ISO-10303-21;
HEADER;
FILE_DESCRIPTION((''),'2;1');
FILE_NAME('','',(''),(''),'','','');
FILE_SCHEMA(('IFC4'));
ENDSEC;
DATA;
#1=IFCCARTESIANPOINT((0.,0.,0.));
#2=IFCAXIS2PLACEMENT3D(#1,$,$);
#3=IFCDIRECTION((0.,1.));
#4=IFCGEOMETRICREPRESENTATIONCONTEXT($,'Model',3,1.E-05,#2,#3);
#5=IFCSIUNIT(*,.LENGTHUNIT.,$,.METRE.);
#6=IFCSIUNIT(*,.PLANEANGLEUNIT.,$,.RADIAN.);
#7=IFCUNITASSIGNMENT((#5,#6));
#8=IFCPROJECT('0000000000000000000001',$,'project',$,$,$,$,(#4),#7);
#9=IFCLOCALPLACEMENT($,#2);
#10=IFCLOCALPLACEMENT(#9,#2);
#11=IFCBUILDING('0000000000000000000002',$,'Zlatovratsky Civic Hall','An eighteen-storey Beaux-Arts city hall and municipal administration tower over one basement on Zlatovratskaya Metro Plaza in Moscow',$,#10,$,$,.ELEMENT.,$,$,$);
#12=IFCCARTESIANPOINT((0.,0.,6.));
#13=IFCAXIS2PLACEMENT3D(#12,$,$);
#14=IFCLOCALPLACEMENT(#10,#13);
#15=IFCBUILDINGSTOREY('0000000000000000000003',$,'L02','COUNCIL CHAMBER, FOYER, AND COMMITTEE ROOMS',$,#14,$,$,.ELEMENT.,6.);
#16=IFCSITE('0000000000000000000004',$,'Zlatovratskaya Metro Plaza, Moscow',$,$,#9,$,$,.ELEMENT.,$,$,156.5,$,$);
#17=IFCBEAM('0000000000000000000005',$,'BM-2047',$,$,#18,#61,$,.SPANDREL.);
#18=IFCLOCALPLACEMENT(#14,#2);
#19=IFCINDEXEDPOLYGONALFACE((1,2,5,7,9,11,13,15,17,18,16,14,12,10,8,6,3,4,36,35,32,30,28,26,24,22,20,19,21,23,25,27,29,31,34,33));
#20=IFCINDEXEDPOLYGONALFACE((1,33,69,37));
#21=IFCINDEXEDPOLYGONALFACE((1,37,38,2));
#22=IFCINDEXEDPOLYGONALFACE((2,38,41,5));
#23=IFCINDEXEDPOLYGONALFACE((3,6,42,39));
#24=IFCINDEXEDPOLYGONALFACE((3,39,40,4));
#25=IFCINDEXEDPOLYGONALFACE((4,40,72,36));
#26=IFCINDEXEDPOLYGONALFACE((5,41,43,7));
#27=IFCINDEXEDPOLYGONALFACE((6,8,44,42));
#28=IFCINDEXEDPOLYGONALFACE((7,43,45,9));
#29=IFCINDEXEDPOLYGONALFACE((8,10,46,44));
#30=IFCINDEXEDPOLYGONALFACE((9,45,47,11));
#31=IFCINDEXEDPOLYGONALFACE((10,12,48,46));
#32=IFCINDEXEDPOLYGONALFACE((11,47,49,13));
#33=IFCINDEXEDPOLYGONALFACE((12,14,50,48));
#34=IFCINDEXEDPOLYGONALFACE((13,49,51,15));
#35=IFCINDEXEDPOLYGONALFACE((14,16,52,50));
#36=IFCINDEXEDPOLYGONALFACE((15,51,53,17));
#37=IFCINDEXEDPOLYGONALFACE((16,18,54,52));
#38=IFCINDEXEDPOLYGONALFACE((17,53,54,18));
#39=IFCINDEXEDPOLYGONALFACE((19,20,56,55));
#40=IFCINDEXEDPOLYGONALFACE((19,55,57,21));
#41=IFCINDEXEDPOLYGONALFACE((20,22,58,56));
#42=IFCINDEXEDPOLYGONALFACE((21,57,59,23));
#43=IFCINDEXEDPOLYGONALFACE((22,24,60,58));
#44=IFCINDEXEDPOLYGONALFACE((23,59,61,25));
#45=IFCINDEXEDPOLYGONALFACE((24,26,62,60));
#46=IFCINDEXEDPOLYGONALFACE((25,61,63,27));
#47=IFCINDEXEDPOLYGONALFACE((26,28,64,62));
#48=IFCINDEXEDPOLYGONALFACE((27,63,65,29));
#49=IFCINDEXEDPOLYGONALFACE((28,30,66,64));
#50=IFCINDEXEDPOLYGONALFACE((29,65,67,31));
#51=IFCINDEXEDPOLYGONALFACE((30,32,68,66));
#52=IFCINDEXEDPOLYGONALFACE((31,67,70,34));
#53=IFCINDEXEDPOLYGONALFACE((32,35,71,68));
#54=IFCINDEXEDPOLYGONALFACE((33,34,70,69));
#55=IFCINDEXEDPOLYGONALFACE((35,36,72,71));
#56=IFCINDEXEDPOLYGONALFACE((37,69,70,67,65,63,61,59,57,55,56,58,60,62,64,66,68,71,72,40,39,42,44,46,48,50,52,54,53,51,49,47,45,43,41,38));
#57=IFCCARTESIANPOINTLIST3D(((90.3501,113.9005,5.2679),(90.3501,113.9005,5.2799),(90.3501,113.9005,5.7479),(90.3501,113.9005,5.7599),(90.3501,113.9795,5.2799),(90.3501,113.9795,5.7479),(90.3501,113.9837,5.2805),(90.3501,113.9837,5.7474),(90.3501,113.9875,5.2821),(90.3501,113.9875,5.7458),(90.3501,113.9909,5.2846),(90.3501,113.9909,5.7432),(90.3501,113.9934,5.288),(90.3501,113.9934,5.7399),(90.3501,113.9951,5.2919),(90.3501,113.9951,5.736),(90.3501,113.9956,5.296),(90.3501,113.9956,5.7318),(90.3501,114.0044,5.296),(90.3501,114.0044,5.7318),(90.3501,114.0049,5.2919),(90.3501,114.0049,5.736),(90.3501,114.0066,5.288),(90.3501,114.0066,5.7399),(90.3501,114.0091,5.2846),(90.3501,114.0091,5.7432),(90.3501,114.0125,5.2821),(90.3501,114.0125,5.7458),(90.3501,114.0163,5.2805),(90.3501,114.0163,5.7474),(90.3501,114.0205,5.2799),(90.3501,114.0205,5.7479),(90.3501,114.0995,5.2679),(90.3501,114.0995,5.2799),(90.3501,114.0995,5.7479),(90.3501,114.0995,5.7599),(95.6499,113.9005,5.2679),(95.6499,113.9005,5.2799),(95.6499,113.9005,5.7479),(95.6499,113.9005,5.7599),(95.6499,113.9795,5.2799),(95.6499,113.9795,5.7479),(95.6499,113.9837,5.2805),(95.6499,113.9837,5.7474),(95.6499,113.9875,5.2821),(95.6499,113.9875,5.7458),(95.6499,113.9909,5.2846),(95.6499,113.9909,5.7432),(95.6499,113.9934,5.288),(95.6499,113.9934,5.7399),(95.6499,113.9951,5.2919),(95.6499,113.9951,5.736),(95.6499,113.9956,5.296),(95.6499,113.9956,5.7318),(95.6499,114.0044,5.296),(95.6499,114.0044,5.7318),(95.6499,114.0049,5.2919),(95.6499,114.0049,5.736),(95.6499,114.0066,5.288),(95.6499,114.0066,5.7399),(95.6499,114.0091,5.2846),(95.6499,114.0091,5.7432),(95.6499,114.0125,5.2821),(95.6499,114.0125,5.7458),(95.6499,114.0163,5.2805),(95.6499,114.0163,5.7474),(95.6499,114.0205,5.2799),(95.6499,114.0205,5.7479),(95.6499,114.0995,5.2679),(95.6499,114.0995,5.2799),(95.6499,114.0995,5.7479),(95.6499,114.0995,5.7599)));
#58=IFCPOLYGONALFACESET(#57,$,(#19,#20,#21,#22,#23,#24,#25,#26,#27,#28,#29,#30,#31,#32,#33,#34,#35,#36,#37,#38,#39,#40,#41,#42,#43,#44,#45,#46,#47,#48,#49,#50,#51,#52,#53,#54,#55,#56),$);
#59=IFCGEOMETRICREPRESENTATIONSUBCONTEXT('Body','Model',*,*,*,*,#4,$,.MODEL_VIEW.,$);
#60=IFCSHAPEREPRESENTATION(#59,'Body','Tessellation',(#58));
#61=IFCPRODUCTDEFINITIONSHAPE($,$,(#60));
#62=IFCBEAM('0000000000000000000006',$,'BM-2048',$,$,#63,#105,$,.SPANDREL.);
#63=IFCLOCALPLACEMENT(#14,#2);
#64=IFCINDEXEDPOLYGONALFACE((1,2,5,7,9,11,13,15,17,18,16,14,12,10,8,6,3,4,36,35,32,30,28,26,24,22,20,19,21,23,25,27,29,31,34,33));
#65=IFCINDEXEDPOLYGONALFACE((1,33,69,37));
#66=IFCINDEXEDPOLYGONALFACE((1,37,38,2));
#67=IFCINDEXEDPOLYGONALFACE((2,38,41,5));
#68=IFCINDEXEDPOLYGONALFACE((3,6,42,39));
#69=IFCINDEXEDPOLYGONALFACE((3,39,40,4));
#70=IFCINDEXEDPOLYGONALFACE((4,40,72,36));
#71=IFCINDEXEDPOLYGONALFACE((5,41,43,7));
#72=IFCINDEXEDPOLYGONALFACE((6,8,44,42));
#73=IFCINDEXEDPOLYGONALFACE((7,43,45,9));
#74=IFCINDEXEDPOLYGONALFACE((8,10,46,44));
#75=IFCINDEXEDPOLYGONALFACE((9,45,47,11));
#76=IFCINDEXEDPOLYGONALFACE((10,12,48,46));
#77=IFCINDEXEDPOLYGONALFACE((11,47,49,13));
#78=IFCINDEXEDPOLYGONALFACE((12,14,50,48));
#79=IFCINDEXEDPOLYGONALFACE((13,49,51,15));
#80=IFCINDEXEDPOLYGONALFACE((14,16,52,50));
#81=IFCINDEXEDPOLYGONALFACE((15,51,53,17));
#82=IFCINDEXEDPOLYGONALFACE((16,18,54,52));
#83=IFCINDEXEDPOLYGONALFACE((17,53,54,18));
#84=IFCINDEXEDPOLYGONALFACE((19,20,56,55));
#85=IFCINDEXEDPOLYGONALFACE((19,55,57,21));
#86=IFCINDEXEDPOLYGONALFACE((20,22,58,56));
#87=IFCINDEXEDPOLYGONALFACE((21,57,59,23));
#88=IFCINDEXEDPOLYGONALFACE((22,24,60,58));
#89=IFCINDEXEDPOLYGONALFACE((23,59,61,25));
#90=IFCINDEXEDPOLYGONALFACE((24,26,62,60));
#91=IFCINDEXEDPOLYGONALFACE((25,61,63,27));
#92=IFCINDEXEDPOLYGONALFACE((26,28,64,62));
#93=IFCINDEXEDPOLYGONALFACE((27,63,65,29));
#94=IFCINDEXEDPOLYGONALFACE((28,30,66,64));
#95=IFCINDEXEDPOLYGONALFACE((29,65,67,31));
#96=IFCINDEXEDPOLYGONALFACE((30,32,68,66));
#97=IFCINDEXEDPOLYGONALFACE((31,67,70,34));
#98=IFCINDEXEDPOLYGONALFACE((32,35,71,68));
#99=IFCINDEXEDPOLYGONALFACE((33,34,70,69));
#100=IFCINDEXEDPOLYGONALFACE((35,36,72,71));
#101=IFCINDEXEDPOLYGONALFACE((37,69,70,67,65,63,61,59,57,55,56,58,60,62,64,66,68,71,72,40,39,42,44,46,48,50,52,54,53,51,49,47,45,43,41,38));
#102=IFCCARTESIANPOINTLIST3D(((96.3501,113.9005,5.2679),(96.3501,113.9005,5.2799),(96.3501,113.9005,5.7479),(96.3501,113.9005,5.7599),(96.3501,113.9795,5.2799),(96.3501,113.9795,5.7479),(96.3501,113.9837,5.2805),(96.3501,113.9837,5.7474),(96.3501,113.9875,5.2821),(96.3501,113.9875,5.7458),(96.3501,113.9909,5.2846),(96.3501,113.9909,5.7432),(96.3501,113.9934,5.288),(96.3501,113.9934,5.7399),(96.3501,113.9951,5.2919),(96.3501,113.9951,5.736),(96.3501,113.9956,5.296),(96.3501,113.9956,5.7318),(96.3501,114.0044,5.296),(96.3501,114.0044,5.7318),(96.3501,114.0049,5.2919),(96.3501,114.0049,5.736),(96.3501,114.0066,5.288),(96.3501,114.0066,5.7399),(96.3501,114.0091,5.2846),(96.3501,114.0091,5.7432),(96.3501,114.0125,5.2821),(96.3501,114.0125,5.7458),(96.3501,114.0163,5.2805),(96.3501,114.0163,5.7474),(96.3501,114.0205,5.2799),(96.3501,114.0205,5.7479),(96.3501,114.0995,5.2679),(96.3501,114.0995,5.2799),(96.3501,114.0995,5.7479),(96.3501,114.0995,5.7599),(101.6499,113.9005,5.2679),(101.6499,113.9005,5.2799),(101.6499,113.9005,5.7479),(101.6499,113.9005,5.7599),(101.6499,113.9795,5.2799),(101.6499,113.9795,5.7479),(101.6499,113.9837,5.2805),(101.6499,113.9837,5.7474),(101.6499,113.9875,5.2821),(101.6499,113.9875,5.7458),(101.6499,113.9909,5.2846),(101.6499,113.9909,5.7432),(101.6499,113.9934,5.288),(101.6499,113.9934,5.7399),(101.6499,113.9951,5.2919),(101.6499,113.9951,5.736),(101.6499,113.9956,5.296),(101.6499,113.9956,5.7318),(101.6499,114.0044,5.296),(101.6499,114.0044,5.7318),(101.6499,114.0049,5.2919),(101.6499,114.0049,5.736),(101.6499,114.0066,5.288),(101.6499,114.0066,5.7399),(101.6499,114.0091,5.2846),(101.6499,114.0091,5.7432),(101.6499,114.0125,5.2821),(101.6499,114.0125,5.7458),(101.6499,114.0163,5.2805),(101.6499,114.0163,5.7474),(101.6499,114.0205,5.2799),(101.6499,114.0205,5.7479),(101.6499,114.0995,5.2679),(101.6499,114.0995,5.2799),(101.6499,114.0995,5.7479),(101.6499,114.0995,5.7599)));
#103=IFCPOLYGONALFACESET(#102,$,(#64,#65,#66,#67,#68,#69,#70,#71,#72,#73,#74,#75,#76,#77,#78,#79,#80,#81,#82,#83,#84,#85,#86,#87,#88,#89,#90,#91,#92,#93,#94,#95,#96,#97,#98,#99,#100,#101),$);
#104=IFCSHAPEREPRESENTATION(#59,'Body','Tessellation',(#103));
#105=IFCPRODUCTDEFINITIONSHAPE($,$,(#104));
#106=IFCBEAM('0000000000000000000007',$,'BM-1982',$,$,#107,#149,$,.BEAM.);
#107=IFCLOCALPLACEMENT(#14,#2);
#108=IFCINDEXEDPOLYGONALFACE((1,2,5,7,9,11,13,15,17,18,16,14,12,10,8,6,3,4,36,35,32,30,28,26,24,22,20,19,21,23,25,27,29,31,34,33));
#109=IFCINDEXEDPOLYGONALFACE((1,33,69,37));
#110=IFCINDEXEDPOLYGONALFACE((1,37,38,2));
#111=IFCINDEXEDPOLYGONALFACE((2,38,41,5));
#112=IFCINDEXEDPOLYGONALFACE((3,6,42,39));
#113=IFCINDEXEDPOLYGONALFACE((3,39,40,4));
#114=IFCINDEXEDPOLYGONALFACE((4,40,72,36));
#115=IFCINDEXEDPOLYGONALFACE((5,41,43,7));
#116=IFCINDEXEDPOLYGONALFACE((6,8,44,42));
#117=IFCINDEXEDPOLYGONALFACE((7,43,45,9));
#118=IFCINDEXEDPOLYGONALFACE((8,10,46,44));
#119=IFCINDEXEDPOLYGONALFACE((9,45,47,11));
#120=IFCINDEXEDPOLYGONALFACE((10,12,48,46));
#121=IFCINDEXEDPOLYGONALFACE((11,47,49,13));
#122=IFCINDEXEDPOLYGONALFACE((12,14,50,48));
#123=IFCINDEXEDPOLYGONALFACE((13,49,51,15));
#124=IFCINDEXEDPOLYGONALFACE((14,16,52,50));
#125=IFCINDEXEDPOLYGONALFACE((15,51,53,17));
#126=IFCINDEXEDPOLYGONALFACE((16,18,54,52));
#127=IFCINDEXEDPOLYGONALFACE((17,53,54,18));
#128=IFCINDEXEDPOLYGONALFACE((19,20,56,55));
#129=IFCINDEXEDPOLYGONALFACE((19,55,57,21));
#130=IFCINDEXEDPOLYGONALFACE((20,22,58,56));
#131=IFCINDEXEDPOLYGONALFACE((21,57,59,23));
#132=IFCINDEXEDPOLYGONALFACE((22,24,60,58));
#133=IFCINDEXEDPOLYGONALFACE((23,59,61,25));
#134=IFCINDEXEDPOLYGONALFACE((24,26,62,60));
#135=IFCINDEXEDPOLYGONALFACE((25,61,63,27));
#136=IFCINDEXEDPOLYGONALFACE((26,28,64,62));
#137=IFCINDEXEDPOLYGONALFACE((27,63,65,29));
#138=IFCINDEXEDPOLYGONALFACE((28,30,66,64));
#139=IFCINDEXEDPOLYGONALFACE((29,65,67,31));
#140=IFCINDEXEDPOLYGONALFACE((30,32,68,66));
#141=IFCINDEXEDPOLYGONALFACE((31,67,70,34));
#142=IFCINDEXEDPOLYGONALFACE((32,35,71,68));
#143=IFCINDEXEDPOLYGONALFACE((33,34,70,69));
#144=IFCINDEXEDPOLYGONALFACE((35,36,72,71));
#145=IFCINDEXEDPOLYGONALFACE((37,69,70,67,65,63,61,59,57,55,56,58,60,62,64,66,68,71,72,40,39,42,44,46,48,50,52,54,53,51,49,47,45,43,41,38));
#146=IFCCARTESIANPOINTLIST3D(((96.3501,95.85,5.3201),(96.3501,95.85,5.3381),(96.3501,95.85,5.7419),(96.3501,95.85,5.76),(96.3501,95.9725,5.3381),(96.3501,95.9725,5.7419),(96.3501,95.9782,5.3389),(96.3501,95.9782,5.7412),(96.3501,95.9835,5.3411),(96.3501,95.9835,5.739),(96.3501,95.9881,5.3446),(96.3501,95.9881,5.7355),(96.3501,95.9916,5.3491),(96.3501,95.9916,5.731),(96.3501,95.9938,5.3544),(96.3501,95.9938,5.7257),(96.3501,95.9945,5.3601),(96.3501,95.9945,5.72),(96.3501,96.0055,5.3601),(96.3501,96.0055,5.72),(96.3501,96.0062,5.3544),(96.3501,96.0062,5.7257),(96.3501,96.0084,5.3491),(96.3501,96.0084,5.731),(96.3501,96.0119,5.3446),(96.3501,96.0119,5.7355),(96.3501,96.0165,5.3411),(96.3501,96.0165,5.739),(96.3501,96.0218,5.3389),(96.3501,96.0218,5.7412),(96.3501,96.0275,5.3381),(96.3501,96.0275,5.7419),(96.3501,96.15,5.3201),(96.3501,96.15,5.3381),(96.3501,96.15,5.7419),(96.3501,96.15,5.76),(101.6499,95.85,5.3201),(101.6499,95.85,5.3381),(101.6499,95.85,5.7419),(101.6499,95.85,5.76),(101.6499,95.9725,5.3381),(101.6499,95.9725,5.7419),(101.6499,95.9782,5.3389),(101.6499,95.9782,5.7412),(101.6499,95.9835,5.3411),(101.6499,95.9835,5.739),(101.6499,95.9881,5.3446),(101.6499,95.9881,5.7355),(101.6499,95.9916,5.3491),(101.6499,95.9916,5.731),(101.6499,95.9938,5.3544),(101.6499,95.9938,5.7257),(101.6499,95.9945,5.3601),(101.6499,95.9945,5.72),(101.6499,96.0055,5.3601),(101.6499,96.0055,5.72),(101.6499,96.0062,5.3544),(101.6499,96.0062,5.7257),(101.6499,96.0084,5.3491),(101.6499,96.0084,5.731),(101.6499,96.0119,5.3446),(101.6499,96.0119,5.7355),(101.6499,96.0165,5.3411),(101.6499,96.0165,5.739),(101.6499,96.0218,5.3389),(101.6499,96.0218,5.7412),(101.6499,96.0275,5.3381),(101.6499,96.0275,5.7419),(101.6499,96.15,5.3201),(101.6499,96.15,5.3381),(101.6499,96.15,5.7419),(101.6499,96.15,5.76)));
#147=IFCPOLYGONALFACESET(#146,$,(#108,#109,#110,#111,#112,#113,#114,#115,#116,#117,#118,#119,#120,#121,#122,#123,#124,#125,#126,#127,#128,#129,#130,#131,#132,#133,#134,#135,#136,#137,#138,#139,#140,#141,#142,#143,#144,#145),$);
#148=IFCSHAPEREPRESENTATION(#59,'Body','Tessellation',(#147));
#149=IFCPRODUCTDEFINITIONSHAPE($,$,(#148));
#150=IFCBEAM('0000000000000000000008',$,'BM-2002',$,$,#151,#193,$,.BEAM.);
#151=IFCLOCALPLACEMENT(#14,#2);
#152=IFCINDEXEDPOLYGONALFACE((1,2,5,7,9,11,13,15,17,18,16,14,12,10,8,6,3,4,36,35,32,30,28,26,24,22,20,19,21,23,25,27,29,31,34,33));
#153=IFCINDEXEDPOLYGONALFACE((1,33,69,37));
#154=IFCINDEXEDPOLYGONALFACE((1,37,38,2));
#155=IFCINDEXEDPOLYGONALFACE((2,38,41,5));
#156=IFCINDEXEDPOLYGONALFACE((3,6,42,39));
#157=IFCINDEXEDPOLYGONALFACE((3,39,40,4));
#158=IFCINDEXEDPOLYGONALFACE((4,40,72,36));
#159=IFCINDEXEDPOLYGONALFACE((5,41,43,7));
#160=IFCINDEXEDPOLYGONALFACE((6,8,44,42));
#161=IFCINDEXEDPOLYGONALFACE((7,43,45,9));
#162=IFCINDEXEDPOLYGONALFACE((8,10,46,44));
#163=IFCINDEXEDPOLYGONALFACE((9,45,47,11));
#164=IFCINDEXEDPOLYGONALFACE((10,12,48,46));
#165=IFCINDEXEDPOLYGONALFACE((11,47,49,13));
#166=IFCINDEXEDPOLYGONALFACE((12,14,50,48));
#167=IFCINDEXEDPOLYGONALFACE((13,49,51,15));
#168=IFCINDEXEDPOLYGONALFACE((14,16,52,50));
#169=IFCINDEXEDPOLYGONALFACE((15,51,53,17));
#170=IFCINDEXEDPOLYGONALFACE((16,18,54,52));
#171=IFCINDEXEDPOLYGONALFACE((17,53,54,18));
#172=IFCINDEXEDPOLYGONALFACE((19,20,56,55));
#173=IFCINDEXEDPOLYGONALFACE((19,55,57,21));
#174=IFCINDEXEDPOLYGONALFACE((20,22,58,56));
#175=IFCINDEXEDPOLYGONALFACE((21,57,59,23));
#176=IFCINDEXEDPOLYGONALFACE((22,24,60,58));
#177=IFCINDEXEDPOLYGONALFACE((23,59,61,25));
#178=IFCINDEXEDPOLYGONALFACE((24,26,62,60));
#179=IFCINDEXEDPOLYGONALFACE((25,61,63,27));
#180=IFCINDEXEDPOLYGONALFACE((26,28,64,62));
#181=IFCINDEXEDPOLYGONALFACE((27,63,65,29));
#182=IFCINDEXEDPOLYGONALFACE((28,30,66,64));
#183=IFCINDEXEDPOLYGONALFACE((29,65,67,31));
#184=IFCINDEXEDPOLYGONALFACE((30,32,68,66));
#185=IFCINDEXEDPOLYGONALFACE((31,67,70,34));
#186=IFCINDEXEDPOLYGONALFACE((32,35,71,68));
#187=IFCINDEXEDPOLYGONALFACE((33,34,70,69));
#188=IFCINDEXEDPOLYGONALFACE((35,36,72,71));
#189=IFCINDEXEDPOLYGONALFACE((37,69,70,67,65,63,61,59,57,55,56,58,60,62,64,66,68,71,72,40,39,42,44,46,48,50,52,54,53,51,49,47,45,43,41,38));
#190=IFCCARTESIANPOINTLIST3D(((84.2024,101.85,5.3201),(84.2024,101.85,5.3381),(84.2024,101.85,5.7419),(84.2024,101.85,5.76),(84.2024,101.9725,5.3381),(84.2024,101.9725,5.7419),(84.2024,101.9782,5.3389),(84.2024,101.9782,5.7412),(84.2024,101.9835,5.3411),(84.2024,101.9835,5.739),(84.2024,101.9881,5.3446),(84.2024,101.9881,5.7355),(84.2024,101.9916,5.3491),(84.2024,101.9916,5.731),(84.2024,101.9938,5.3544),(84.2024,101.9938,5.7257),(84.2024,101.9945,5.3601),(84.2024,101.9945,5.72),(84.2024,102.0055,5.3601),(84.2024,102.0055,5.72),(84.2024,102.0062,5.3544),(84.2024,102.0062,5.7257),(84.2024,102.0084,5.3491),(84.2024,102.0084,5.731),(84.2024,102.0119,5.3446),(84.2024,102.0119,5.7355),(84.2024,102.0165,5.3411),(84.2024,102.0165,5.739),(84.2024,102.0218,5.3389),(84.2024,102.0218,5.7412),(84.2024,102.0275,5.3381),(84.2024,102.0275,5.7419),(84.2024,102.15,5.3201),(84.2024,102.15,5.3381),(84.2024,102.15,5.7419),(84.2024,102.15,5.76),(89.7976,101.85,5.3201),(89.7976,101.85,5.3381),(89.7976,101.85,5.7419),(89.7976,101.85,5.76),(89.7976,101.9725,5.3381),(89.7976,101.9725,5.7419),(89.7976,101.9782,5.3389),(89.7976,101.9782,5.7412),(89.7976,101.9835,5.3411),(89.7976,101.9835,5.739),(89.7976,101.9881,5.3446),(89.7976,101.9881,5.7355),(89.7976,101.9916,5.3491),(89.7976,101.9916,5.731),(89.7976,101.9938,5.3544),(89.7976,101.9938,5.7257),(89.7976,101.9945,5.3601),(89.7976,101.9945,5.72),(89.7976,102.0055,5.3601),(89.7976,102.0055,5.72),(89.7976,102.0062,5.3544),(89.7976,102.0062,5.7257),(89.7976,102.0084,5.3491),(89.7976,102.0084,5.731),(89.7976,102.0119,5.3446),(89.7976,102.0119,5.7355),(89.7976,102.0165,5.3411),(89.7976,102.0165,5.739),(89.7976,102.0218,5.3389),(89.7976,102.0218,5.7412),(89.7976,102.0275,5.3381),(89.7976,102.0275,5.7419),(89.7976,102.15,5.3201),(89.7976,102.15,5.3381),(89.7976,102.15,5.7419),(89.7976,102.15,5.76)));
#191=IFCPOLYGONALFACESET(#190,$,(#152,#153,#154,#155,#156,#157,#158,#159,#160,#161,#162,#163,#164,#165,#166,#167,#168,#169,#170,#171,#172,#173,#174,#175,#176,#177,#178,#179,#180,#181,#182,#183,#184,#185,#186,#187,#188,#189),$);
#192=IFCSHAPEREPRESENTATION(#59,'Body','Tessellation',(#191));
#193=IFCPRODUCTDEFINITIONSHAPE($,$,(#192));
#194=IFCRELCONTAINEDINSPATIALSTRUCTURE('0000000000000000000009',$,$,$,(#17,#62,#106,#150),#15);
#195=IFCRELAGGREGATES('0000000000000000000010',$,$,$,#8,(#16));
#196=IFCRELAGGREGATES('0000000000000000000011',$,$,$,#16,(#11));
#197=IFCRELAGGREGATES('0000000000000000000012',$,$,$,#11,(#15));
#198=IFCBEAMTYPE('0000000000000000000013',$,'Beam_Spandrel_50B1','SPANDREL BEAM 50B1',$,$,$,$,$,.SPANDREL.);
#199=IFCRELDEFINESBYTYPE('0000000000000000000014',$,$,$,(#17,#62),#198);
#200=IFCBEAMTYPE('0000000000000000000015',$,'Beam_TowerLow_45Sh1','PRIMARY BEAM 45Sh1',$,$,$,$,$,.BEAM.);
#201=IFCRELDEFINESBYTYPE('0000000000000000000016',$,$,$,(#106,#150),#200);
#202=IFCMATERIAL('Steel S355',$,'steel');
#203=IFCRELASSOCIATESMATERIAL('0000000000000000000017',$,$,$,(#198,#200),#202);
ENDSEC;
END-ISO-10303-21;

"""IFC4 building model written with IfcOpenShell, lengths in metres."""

from ifc_helpers import new_model, si_unit, direction, frame, origin, origin_2d, place, context, subcontext, project, spatial, i_section, extrude, material, material_profile, profile_set, type_object, element, save


model = new_model("IFC4")

# Units and contexts
model_context = context("Model", 3, precision=1e-05, world=origin(), true_north=direction((0.0, 1.0)))
body_context = subcontext(model_context, "Body", "Model", "MODEL_VIEW")
ifc_project = project(units=[si_unit("LENGTHUNIT", "METRE"), si_unit("PLANEANGLEUNIT", "RADIAN")], contexts=[model_context])

# Site, building, storey
site_placement = place(None, origin())
site = spatial("IfcSite", under=ifc_project, at=site_placement, Name="Zlatovratskaya Metro Plaza, Moscow", CompositionType="ELEMENT", RefElevation=156.5)
building_placement = place(site_placement, origin())
building = spatial("IfcBuilding", under=site, at=building_placement, Name="Zlatovratsky Civic Hall", Description="An eighteen-storey Beaux-Arts city hall and municipal administration tower over one basement on Zlatovratskaya Metro Plaza in Moscow", CompositionType="ELEMENT")
storey_placement = place(building_placement, frame((0.0, 0.0, 6.0)))
storey = spatial("IfcBuildingStorey", under=building, at=storey_placement, Name="L02", Description="COUNCIL CHAMBER, FOYER, AND COMMITTEE ROOMS", CompositionType="ELEMENT", Elevation=6.0)

# Shared definitions
ifc_material_1 = material(Name="Steel S355", Category="steel")

# Beams
ifc_material_profile_1 = material_profile(ifc_material_1, i_section(OverallWidth=0.199, OverallDepth=0.4919, WebThickness=0.0088, FlangeThickness=0.012, FilletRadius=0.0161, at=origin_2d()), Name="50B1")
ifc_profile_set_1 = profile_set([ifc_material_profile_1], Name="Steel S355")
beam_type_1 = type_object("IfcBeamType", Name="Beam_Spandrel_50B1", Description="SPANDREL BEAM 50B1", PredefinedType="SPANDREL", material=ifc_profile_set_1)
for number, where, z_axis, x_axis, name in (
    (1, (90.3501, 114.0, 5.5139), (1.0, 0.0, 0.0), (0.0, 1.0, 0.0), "BM-2047"),
    (2, (96.3501, 114.0, 5.5139), (1.0, 0.0, 0.0), (0.0, 1.0, 0.0), "BM-2048"),
):
    element("IfcBeam", number, at=place(storey_placement, frame(where, z_axis=z_axis, x_axis=x_axis)), inside=storey, type_object=beam_type_1, Name=name, PredefinedType="SPANDREL", context=body_context, shape_type="SweptSolid", body=[
        extrude(i_section(OverallWidth=0.199, OverallDepth=0.4919, WebThickness=0.0088, FlangeThickness=0.012, FilletRadius=0.0161, at=origin_2d()), origin(), (0.0, 0.0, 1.0), 5.2998),
    ])
ifc_material_profile_2 = material_profile(ifc_material_1, i_section(OverallWidth=0.3, OverallDepth=0.4399, WebThickness=0.011, FlangeThickness=0.0181, FilletRadius=0.022, at=origin_2d()), Name="45Sh1")
ifc_profile_set_2 = profile_set([ifc_material_profile_2], Name="Steel S355")
beam_type_2 = type_object("IfcBeamType", Name="Beam_TowerLow_45Sh1", Description="PRIMARY BEAM 45Sh1", PredefinedType="BEAM", material=ifc_profile_set_2)
beam_1_placement = place(storey_placement, frame((96.3501, 96.0, 5.54), z_axis=(1.0, 0.0, 0.0), x_axis=(0.0, 1.0, 0.0)))
element("IfcBeam", 3, at=beam_1_placement, inside=storey, type_object=beam_type_2, Name="BM-1982", PredefinedType="BEAM", context=body_context, shape_type="SweptSolid", body=[
    extrude(i_section(OverallWidth=0.3, OverallDepth=0.4399, WebThickness=0.011, FlangeThickness=0.0181, FilletRadius=0.022, at=origin_2d()), origin(), (0.0, 0.0, 1.0), 5.2998),
])
for number, where, z_axis, x_axis, name in (
    (4, (84.2024, 102.0, 5.54), (1.0, 0.0, 0.0), (0.0, 1.0, 0.0), "BM-2002"),
):
    element("IfcBeam", number, at=place(storey_placement, frame(where, z_axis=z_axis, x_axis=x_axis)), inside=storey, type_object=beam_type_2, Name=name, PredefinedType="BEAM", context=body_context, shape_type="SweptSolid", body=[
        extrude(i_section(OverallWidth=0.3, OverallDepth=0.4399, WebThickness=0.011, FlangeThickness=0.0181, FilletRadius=0.022, at=origin_2d()), origin(), (0.0, 0.0, 1.0), 5.5952),
    ])

save(model, "model.ifc")
